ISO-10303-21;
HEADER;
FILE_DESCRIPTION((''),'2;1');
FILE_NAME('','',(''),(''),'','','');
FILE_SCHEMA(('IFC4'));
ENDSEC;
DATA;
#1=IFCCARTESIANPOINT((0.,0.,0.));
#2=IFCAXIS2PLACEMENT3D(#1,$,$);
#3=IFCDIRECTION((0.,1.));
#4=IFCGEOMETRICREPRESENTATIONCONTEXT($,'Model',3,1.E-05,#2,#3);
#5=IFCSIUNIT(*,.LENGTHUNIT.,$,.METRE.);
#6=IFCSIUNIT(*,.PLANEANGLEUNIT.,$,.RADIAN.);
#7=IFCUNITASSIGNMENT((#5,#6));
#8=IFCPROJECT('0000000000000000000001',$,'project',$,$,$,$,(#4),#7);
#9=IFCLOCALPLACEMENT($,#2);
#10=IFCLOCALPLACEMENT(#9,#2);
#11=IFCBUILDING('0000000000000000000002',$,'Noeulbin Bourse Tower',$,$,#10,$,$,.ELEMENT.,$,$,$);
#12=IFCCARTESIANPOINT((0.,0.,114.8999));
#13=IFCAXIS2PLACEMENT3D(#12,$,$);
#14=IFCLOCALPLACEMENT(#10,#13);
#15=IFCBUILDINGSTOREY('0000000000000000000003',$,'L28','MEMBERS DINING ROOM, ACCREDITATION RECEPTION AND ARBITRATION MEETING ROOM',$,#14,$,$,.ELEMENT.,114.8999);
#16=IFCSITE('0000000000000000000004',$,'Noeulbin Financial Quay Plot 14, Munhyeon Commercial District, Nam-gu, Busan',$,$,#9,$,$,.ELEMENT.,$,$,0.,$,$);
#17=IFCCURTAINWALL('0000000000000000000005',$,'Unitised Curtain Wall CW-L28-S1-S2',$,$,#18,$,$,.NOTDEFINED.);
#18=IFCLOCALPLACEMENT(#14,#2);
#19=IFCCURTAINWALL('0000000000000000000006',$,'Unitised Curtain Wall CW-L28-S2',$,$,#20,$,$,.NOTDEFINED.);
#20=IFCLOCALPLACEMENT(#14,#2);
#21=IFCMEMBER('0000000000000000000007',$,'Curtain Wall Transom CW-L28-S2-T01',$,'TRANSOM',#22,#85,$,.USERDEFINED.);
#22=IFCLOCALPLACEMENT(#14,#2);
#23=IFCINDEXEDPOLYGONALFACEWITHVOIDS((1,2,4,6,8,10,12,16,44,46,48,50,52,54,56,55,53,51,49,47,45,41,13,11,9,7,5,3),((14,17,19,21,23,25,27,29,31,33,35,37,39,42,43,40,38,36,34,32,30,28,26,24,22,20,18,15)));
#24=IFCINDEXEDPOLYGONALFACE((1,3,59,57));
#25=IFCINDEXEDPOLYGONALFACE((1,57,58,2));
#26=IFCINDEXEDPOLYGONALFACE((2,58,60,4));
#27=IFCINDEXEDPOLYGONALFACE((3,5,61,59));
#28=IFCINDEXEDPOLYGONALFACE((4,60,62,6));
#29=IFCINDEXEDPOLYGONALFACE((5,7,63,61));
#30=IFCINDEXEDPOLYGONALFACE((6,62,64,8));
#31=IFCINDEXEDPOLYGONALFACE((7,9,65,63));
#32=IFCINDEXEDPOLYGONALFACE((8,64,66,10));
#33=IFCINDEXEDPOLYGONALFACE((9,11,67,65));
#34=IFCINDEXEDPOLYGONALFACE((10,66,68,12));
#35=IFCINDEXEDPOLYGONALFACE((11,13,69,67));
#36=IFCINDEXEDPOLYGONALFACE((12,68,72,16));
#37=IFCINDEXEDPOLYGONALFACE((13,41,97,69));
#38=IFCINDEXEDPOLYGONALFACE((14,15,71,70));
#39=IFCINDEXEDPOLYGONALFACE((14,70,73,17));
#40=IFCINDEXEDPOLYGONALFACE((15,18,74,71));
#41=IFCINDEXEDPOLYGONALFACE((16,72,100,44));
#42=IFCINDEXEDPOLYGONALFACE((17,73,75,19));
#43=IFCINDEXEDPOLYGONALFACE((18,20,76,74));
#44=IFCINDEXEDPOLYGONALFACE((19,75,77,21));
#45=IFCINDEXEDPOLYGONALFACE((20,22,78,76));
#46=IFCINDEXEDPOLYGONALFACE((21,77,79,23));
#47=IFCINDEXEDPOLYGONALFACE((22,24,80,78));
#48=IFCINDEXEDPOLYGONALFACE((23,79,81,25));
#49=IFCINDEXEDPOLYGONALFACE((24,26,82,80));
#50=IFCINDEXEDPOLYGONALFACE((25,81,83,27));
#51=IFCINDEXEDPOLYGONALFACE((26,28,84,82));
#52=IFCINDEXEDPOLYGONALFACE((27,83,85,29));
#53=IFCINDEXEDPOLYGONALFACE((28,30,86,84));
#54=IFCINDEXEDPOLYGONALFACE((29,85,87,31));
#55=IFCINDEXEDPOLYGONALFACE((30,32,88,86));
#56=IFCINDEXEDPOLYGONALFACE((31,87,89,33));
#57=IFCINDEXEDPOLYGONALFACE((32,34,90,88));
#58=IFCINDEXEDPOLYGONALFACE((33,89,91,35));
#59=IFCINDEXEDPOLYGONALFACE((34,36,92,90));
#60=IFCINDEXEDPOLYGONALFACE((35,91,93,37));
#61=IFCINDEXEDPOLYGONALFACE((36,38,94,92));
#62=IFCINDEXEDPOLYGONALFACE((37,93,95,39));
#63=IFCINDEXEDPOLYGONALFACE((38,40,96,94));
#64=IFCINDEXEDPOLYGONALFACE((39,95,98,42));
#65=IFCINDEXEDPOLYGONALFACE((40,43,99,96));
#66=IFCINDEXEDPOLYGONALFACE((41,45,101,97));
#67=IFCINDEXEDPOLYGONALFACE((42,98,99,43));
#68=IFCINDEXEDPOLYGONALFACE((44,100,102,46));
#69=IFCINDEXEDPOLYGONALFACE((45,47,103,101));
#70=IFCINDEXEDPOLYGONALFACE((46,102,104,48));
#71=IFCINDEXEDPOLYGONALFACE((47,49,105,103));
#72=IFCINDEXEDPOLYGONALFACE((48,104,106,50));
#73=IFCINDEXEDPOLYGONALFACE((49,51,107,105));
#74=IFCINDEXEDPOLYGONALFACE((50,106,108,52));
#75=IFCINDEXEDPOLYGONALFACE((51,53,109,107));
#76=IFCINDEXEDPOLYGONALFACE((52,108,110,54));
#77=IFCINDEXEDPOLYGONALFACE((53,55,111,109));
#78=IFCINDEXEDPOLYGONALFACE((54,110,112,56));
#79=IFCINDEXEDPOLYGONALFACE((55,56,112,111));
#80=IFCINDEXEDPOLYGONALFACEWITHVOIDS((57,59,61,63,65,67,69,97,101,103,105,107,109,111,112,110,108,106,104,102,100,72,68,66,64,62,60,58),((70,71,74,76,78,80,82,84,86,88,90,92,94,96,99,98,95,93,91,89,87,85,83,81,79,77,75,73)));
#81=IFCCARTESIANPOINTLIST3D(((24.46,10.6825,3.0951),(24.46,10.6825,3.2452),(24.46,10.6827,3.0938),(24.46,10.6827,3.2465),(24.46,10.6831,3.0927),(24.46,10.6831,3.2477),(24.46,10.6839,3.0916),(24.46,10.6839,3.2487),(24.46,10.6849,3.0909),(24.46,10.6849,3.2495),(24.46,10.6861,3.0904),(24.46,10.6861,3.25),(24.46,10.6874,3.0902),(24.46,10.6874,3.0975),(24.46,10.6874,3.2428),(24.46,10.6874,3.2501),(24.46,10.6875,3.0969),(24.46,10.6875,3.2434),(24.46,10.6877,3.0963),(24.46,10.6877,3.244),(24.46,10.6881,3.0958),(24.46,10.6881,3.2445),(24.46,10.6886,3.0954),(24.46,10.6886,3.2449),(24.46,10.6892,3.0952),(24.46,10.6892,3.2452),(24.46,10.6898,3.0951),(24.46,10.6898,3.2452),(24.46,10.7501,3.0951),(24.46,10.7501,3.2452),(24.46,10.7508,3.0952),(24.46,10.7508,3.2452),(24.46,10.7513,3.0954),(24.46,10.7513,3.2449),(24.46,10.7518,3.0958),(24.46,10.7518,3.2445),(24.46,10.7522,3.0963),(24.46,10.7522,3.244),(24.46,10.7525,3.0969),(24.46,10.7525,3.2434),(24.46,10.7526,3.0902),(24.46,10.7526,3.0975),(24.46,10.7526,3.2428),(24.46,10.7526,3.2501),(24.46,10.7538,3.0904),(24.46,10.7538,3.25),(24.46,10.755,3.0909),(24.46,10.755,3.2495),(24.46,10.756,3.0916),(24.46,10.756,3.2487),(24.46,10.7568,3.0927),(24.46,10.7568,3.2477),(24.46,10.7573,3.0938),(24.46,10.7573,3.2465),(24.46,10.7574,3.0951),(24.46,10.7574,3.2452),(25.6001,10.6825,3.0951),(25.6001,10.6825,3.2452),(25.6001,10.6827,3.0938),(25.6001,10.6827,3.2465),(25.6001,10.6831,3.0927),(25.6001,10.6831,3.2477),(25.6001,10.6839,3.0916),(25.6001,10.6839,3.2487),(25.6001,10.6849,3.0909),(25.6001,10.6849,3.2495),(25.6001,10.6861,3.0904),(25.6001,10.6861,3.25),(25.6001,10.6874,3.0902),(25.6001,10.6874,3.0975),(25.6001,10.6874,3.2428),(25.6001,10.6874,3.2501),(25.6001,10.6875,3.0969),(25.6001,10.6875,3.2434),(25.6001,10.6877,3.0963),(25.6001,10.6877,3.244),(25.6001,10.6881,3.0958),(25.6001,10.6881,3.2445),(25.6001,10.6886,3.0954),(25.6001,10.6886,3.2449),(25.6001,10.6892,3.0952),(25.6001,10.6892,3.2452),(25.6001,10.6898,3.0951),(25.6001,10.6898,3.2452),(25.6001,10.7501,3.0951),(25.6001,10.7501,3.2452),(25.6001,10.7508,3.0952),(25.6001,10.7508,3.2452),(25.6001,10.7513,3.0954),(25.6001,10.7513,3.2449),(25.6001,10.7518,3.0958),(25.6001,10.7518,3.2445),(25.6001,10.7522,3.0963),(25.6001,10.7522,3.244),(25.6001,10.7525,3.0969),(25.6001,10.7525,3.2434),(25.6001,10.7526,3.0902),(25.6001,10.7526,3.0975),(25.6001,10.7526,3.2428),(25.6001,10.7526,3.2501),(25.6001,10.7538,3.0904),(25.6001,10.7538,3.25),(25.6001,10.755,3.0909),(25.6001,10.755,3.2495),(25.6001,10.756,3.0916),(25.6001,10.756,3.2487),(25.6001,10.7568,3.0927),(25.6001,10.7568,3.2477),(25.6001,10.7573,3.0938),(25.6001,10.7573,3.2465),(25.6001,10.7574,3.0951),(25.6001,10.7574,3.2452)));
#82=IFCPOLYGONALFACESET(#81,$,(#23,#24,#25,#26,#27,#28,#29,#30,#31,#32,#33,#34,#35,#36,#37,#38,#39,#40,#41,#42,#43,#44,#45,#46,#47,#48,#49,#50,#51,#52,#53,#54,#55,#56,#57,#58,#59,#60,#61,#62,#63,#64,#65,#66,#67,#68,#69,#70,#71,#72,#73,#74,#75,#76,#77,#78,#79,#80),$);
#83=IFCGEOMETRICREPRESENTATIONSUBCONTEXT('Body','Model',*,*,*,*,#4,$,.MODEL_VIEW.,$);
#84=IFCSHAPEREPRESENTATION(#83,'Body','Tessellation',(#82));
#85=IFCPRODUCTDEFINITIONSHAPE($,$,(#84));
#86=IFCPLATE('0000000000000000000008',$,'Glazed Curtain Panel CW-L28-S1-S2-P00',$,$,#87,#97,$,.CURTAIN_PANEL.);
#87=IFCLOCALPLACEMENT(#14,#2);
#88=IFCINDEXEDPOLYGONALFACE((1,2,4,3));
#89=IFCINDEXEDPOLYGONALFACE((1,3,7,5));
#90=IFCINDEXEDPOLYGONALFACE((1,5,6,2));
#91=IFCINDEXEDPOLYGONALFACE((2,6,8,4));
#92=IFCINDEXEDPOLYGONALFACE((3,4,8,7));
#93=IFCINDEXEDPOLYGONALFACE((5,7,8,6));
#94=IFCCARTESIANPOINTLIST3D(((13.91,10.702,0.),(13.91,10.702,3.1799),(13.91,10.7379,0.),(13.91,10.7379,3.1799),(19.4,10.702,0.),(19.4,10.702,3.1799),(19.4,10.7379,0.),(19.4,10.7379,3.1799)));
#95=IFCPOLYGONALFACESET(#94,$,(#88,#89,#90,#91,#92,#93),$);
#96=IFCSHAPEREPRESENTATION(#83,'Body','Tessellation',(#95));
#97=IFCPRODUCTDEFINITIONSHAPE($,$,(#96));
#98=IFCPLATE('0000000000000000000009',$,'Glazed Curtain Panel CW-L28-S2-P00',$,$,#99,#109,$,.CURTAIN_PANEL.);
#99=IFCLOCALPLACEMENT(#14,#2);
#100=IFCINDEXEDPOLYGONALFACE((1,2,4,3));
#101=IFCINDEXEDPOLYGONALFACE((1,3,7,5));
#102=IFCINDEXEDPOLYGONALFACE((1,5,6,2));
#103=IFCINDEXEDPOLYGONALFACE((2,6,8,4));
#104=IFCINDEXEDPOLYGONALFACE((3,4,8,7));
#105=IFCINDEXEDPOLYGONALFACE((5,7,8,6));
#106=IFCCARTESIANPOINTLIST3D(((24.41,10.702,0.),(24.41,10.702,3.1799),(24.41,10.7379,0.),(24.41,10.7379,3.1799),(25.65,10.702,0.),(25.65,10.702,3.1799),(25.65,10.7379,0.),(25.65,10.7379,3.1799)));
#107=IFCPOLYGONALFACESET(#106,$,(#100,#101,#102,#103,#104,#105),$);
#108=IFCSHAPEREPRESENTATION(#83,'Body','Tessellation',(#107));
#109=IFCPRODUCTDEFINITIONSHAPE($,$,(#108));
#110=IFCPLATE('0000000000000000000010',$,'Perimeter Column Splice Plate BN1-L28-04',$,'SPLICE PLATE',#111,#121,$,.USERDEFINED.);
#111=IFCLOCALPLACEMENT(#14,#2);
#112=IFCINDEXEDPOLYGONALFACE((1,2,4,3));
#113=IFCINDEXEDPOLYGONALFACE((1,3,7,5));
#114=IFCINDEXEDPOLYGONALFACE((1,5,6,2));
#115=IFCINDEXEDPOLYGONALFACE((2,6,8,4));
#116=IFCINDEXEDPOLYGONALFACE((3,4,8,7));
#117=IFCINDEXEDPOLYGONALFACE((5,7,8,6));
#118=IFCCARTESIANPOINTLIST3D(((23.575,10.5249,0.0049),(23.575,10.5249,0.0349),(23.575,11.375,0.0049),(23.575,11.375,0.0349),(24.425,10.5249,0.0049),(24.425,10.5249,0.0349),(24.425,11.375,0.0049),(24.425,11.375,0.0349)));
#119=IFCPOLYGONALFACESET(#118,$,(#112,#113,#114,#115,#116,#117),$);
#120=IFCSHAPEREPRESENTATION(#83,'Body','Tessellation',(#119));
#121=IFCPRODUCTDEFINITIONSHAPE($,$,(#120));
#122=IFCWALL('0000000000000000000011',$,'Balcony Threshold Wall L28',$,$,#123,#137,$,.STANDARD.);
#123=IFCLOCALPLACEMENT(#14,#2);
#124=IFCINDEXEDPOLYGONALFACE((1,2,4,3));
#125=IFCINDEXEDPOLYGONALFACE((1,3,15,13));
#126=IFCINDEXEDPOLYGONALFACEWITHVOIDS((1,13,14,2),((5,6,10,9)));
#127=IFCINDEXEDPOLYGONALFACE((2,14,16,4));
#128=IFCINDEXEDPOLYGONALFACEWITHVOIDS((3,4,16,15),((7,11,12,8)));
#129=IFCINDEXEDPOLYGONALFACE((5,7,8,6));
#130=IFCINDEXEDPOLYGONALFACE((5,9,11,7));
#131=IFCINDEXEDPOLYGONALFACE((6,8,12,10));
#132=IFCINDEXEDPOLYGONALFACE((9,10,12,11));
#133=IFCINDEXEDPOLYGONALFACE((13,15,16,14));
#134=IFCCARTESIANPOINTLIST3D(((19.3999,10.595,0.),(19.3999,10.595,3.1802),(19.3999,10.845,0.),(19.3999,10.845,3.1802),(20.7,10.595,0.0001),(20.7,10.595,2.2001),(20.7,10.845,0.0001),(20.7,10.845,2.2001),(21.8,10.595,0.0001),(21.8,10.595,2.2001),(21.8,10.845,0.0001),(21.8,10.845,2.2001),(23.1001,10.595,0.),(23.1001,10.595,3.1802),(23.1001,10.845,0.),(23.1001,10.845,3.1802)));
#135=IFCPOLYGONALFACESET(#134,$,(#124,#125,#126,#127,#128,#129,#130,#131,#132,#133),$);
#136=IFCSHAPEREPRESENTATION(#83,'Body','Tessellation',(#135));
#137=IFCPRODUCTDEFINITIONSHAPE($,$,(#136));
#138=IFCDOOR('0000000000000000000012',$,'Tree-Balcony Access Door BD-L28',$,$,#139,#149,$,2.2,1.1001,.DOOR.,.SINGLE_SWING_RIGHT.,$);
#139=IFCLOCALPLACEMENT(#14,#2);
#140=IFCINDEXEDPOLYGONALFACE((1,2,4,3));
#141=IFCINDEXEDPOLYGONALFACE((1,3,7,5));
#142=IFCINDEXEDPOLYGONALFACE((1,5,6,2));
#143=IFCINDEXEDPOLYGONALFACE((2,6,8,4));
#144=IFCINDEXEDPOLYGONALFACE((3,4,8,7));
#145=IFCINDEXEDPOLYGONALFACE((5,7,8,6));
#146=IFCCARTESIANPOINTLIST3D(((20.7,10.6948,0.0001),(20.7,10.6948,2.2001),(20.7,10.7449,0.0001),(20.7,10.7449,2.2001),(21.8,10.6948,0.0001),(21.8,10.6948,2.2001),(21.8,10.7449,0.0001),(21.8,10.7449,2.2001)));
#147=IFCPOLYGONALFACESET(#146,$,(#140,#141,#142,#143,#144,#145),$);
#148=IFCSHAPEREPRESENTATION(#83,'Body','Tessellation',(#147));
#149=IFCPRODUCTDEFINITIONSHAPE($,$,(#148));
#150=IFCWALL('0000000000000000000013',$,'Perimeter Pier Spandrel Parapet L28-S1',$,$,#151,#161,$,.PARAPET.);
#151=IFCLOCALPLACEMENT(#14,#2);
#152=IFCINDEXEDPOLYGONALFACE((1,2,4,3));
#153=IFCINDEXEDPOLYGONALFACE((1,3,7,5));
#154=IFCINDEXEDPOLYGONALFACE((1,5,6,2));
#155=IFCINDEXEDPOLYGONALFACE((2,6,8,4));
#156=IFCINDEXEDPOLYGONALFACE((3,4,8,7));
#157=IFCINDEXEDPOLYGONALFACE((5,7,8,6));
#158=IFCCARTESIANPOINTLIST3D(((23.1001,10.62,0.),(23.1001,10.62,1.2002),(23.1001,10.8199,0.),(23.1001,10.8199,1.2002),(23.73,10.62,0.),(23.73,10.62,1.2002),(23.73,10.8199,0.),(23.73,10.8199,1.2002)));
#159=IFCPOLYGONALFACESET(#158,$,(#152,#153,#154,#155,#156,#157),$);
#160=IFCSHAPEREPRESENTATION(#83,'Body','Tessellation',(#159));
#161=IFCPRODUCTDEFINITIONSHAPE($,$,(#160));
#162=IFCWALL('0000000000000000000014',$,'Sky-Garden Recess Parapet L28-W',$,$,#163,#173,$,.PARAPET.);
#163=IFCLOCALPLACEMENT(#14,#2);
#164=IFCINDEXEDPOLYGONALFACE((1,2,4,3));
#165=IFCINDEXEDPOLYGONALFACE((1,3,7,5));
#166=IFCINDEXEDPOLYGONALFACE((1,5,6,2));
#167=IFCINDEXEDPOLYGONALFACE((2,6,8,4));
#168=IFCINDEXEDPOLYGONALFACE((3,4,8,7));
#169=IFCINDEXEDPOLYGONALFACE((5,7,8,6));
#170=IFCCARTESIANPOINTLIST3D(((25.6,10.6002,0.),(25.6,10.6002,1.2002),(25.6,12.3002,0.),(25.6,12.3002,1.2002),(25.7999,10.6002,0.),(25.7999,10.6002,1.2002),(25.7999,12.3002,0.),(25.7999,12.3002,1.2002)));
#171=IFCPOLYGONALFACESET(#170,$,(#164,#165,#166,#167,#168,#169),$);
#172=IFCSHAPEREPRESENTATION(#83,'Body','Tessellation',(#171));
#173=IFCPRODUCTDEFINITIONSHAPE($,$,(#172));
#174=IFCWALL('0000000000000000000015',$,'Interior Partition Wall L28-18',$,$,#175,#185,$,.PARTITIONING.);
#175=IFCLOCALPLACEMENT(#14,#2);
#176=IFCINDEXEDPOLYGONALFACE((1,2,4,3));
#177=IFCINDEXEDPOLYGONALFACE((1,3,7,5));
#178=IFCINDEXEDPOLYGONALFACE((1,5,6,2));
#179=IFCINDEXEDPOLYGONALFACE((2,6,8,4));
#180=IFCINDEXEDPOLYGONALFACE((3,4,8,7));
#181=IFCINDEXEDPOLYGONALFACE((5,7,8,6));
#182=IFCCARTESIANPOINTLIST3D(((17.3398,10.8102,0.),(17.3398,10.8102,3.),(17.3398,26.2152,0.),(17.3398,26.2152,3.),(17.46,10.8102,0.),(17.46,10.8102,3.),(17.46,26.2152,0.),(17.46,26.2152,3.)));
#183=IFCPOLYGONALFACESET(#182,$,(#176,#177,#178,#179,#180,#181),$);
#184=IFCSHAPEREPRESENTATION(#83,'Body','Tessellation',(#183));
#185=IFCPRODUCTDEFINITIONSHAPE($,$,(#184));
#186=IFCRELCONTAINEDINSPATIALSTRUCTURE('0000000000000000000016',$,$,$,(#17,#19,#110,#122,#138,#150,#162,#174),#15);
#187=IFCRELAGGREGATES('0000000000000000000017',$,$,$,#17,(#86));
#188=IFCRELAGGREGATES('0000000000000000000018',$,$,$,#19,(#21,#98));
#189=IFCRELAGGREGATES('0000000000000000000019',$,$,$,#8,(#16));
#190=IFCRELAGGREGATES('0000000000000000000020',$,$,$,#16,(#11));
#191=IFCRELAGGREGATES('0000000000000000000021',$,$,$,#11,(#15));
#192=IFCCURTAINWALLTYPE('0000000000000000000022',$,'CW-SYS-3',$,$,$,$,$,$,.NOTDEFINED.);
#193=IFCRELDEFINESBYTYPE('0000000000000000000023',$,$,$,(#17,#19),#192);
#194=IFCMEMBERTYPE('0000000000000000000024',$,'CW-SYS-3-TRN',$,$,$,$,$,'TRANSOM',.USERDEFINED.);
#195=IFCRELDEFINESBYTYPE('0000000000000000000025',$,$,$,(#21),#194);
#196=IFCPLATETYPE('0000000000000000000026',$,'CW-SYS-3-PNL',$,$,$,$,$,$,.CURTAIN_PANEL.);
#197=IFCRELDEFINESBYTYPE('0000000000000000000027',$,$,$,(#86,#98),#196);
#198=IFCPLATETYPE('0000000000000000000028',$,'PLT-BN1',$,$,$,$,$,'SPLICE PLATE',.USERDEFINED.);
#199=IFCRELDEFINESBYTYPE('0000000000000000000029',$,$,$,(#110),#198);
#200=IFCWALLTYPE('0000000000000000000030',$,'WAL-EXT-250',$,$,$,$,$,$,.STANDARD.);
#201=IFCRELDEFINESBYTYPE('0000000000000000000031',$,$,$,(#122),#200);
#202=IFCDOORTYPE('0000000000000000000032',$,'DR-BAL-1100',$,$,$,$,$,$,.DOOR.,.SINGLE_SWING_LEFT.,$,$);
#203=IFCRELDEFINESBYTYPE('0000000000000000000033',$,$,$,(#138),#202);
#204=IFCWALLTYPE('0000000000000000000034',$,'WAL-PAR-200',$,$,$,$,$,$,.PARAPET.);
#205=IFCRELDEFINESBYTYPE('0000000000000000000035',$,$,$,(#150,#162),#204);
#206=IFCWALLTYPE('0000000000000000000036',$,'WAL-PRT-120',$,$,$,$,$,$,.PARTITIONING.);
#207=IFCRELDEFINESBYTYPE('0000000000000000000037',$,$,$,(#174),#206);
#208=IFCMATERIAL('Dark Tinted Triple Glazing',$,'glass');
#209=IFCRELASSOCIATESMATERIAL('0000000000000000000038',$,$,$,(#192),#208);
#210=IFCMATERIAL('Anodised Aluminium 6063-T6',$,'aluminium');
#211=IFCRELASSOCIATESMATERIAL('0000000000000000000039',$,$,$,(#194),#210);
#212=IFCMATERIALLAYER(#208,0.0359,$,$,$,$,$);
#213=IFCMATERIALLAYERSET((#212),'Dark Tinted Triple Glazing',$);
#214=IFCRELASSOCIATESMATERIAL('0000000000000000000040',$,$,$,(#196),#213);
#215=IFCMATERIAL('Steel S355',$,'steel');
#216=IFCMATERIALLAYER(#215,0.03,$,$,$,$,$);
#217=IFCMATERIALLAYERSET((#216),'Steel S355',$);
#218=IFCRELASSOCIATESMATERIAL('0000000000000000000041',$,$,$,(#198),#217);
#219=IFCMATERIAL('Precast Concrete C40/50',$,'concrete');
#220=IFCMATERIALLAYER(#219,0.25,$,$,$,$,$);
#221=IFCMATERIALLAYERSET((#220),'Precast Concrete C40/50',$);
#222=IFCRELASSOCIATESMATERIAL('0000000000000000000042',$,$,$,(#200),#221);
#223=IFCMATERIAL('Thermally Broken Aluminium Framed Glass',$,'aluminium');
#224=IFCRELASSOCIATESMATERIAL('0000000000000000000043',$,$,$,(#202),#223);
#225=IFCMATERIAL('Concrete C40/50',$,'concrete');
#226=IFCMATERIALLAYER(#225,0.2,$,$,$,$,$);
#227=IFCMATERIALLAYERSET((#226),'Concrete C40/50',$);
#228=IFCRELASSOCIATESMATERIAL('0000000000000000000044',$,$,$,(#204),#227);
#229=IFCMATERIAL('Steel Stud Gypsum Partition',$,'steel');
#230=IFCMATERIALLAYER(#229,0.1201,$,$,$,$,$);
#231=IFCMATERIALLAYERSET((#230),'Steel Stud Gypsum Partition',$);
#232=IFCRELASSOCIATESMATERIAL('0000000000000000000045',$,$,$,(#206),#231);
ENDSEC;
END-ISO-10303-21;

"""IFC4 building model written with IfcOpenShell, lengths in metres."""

from ifc_helpers import new_model, si_unit, direction, frame, frame_2d, origin, origin_2d, place, context, subcontext, project, spatial, rectangle, hollow_rectangle, extrude, material, layer, layer_set, material_profile, profile_set, type_object, element, fill, aggregate, save


model = new_model("IFC4")

# Units and contexts
model_context = context("Model", 3, precision=1e-05, world=origin(), true_north=direction((0.0, 1.0)))
body_context = subcontext(model_context, "Body", "Model", "MODEL_VIEW")
ifc_project = project(units=[si_unit("LENGTHUNIT", "METRE"), si_unit("PLANEANGLEUNIT", "RADIAN")], contexts=[model_context])

# Site, building, storey
site_placement = place(None, origin())
site = spatial("IfcSite", under=ifc_project, at=site_placement, Name="Noeulbin Financial Quay Plot 14, Munhyeon Commercial District, Nam-gu, Busan", CompositionType="ELEMENT", RefElevation=0.0)
building_placement = place(site_placement, origin())
building = spatial("IfcBuilding", under=site, at=building_placement, Name="Noeulbin Bourse Tower", CompositionType="ELEMENT")
storey_placement = place(building_placement, frame((0.0, 0.0, 114.8999)))
storey = spatial("IfcBuildingStorey", under=building, at=storey_placement, Name="L28", Description="MEMBERS DINING ROOM, ACCREDITATION RECEPTION AND ARBITRATION MEETING ROOM", CompositionType="ELEMENT", Elevation=114.8999)

# Shared definitions
ifc_material_1 = material(Name="Steel S355", Category="steel")

# Curtain wall
ifc_material_2 = material(Name="Dark Tinted Triple Glazing", Category="glass")
curtain_wall_type = type_object("IfcCurtainWallType", Name="CW-SYS-3", PredefinedType="NOTDEFINED", material=ifc_material_2)
curtain_wall_1_placement = place(storey_placement, origin())
curtain_wall_1 = element("IfcCurtainWall", 1, at=curtain_wall_1_placement, inside=storey, type_object=curtain_wall_type, Name="Unitised Curtain Wall CW-L28-S1-S2", PredefinedType="NOTDEFINED")
ifc_material_3 = material(Name="Anodised Aluminium 6063-T6", Category="aluminium")

# Curtain wall, member
curtain_wall_2_placement = place(storey_placement, origin())
curtain_wall_2 = element("IfcCurtainWall", 2, at=curtain_wall_2_placement, inside=storey, type_object=curtain_wall_type, Name="Unitised Curtain Wall CW-L28-S2", PredefinedType="NOTDEFINED")
ifc_material_profile_1 = material_profile(ifc_material_3, hollow_rectangle(XDim=0.075, YDim=0.1599, WallThickness=0.0049, InnerFilletRadius=0.0024, OuterFilletRadius=0.0049, at=origin_2d()), Name="ALU-TRAN-75x160x5", Category="LoadBearing")
ifc_profile_set_1 = profile_set([ifc_material_profile_1], Name="Anodised Aluminium 6063-T6")
member_type_1 = type_object("IfcMemberType", Name="CW-SYS-3-TRN", ElementType="TRANSOM", PredefinedType="USERDEFINED", material=ifc_profile_set_1)
member_1_placement = place(storey_placement, frame((24.46, 10.72, 3.1702), z_axis=(1.0, 0.0, 0.0), x_axis=(0.0, 1.0, 0.0)))
member_1 = element("IfcMember", 3, at=member_1_placement, type_object=member_type_1, Name="Curtain Wall Transom CW-L28-S2-T01", ObjectType="TRANSOM", PredefinedType="USERDEFINED", context=body_context, shape_type="SweptSolid", body=[
    extrude(hollow_rectangle(XDim=0.075, YDim=0.1599, WallThickness=0.0049, InnerFilletRadius=0.0024, OuterFilletRadius=0.0049, at=origin_2d()), origin(), (0.0, 0.0, 1.0), 1.1401),
])

# Plates
ifc_layer_1 = layer(ifc_material_2, 0.0359)
ifc_layer_set_1 = layer_set([ifc_layer_1], Name="Dark Tinted Triple Glazing")
plate_type_1 = type_object("IfcPlateType", Name="CW-SYS-3-PNL", PredefinedType="CURTAIN_PANEL", material=ifc_layer_set_1)
plate_1_placement = place(storey_placement, frame((16.655, 10.72, 0.0), z_axis=(0.0, 0.0, 1.0), x_axis=(1.0, 0.0, 0.0)))
plate_1 = element("IfcPlate", 4, at=plate_1_placement, type_object=plate_type_1, Name="Glazed Curtain Panel CW-L28-S1-S2-P00", PredefinedType="CURTAIN_PANEL", context=body_context, shape_type="SweptSolid", body=[
    extrude(rectangle(XDim=5.49, YDim=0.0359, at=origin_2d()), origin(), (0.0, 0.0, 1.0), 3.1799),
])
aggregate(curtain_wall_1, [plate_1])
plate_2_placement = place(storey_placement, frame((25.03, 10.72, 0.0), z_axis=(0.0, 0.0, 1.0), x_axis=(1.0, 0.0, 0.0)))
plate_2 = element("IfcPlate", 5, at=plate_2_placement, type_object=plate_type_1, Name="Glazed Curtain Panel CW-L28-S2-P00", PredefinedType="CURTAIN_PANEL", context=body_context, shape_type="SweptSolid", body=[
    extrude(rectangle(XDim=1.24, YDim=0.0359, at=origin_2d()), origin(), (0.0, 0.0, 1.0), 3.1799),
])
aggregate(curtain_wall_2, [member_1, plate_2])
ifc_layer_2 = layer(ifc_material_1, 0.03)
ifc_layer_set_2 = layer_set([ifc_layer_2], Name="Steel S355")
plate_type_2 = type_object("IfcPlateType", Name="PLT-BN1", ElementType="SPLICE PLATE", PredefinedType="USERDEFINED", material=ifc_layer_set_2)
plate_3_placement = place(storey_placement, frame((24.0, 10.95, 0.0049), z_axis=(0.0, 0.0, 1.0), x_axis=(1.0, 0.0, 0.0)))
element("IfcPlate", 6, at=plate_3_placement, inside=storey, type_object=plate_type_2, Name="Perimeter Column Splice Plate BN1-L28-04", ObjectType="SPLICE PLATE", PredefinedType="USERDEFINED", context=body_context, shape_type="SweptSolid", body=[
    extrude(rectangle(XDim=0.8501, YDim=0.8501, at=origin_2d()), origin(), (0.0, 0.0, 1.0), 0.03),
])

# Wall, opening, door
ifc_material_4 = material(Name="Precast Concrete C40/50", Category="concrete")
ifc_layer_3 = layer(ifc_material_4, 0.25)
ifc_layer_set_3 = layer_set([ifc_layer_3], Name="Precast Concrete C40/50")
wall_type_1 = type_object("IfcWallType", Name="WAL-EXT-250", PredefinedType="STANDARD", material=ifc_layer_set_3)
wall_1_placement = place(storey_placement, frame((19.3999, 10.72, 0.0), z_axis=(0.0, 0.0, 1.0), x_axis=(1.0, 0.0, 0.0)))
wall_1 = element("IfcWall", 7, at=wall_1_placement, inside=storey, type_object=wall_type_1, Name="Balcony Threshold Wall L28", PredefinedType="STANDARD", context=body_context, shape_type="SweptSolid", body=[
    extrude(rectangle(XDim=3.7002, YDim=0.25, at=frame_2d((1.8501, 0.0))), origin(), (0.0, 0.0, 1.0), 3.1802),
])
opening_placement = place(wall_1_placement, frame((1.3, 0.0, 0.0)))
opening = element("IfcOpeningElement", 8, at=opening_placement, cuts=wall_1, PredefinedType="OPENING", context=body_context, shape_type="SweptSolid", body=[
    extrude(rectangle(XDim=1.1001, YDim=2.2, at=frame_2d((0.55, 1.1001))), frame((0.0, 0.135, 0.0), z_axis=(0.0, -1.0, 0.0), x_axis=(1.0, 0.0, 0.0)), (0.0, 0.0, 1.0), 0.27),
])
ifc_material_5 = material(Name="Thermally Broken Aluminium Framed Glass", Category="aluminium")
door_type = type_object("IfcDoorType", Name="DR-BAL-1100", OperationType="SINGLE_SWING_LEFT", PredefinedType="DOOR", material=ifc_material_5)
door_placement = place(opening_placement, origin())
door = element("IfcDoor", 9, at=door_placement, inside=storey, type_object=door_type, Name="Tree-Balcony Access Door BD-L28", OperationType="SINGLE_SWING_RIGHT", OverallHeight=2.2, OverallWidth=1.1001, PredefinedType="DOOR", context=body_context, shape_type="SweptSolid", body=[
    extrude(rectangle(XDim=1.1001, YDim=2.2, at=frame_2d((0.55, 1.1001))), frame((0.0, 0.0249, 0.0), z_axis=(0.0, -1.0, 0.0), x_axis=(1.0, 0.0, 0.0)), (0.0, 0.0, 1.0), 0.05),
])
fill(opening, door)

# Walls
ifc_material_6 = material(Name="Concrete C40/50", Category="concrete")
ifc_layer_4 = layer(ifc_material_6, 0.2)
ifc_layer_set_4 = layer_set([ifc_layer_4], Name="Concrete C40/50")
wall_type_2 = type_object("IfcWallType", Name="WAL-PAR-200", PredefinedType="PARAPET", material=ifc_layer_set_4)
wall_2_placement = place(storey_placement, frame((23.1001, 10.72, 0.0), z_axis=(0.0, 0.0, 1.0), x_axis=(1.0, 0.0, 0.0)))
element("IfcWall", 10, at=wall_2_placement, inside=storey, type_object=wall_type_2, Name="Perimeter Pier Spandrel Parapet L28-S1", PredefinedType="PARAPET", context=body_context, shape_type="SweptSolid", body=[
    extrude(rectangle(XDim=0.6299, YDim=0.2, at=frame_2d((0.3149, 0.0))), origin(), (0.0, 0.0, 1.0), 1.2002),
])
wall_3_placement = place(storey_placement, frame((25.7, 10.6001, 0.0), z_axis=(0.0, 0.0, 1.0), x_axis=(0.0, 1.0, 0.0)))
element("IfcWall", 11, at=wall_3_placement, inside=storey, type_object=wall_type_2, Name="Sky-Garden Recess Parapet L28-W", PredefinedType="PARAPET", context=body_context, shape_type="SweptSolid", body=[
    extrude(rectangle(XDim=1.7, YDim=0.2, at=frame_2d((0.8501, 0.0))), origin(), (0.0, 0.0, 1.0), 1.2002),
])
ifc_material_7 = material(Name="Steel Stud Gypsum Partition", Category="steel")
ifc_layer_5 = layer(ifc_material_7, 0.1201)
ifc_layer_set_5 = layer_set([ifc_layer_5], Name="Steel Stud Gypsum Partition")
wall_type_3 = type_object("IfcWallType", Name="WAL-PRT-120", PredefinedType="PARTITIONING", material=ifc_layer_set_5)
wall_4_placement = place(storey_placement, frame((17.3999, 10.8101, 0.0), z_axis=(0.0, 0.0, 1.0), x_axis=(0.0, 1.0, 0.0)))
element("IfcWall", 12, at=wall_4_placement, inside=storey, type_object=wall_type_3, Name="Interior Partition Wall L28-18", PredefinedType="PARTITIONING", context=body_context, shape_type="SweptSolid", body=[
    extrude(rectangle(XDim=15.405, YDim=0.1201, at=frame_2d((7.7026, 0.0))), origin(), (0.0, 0.0, 1.0), 3.0),
])

save(model, "model.ifc")
